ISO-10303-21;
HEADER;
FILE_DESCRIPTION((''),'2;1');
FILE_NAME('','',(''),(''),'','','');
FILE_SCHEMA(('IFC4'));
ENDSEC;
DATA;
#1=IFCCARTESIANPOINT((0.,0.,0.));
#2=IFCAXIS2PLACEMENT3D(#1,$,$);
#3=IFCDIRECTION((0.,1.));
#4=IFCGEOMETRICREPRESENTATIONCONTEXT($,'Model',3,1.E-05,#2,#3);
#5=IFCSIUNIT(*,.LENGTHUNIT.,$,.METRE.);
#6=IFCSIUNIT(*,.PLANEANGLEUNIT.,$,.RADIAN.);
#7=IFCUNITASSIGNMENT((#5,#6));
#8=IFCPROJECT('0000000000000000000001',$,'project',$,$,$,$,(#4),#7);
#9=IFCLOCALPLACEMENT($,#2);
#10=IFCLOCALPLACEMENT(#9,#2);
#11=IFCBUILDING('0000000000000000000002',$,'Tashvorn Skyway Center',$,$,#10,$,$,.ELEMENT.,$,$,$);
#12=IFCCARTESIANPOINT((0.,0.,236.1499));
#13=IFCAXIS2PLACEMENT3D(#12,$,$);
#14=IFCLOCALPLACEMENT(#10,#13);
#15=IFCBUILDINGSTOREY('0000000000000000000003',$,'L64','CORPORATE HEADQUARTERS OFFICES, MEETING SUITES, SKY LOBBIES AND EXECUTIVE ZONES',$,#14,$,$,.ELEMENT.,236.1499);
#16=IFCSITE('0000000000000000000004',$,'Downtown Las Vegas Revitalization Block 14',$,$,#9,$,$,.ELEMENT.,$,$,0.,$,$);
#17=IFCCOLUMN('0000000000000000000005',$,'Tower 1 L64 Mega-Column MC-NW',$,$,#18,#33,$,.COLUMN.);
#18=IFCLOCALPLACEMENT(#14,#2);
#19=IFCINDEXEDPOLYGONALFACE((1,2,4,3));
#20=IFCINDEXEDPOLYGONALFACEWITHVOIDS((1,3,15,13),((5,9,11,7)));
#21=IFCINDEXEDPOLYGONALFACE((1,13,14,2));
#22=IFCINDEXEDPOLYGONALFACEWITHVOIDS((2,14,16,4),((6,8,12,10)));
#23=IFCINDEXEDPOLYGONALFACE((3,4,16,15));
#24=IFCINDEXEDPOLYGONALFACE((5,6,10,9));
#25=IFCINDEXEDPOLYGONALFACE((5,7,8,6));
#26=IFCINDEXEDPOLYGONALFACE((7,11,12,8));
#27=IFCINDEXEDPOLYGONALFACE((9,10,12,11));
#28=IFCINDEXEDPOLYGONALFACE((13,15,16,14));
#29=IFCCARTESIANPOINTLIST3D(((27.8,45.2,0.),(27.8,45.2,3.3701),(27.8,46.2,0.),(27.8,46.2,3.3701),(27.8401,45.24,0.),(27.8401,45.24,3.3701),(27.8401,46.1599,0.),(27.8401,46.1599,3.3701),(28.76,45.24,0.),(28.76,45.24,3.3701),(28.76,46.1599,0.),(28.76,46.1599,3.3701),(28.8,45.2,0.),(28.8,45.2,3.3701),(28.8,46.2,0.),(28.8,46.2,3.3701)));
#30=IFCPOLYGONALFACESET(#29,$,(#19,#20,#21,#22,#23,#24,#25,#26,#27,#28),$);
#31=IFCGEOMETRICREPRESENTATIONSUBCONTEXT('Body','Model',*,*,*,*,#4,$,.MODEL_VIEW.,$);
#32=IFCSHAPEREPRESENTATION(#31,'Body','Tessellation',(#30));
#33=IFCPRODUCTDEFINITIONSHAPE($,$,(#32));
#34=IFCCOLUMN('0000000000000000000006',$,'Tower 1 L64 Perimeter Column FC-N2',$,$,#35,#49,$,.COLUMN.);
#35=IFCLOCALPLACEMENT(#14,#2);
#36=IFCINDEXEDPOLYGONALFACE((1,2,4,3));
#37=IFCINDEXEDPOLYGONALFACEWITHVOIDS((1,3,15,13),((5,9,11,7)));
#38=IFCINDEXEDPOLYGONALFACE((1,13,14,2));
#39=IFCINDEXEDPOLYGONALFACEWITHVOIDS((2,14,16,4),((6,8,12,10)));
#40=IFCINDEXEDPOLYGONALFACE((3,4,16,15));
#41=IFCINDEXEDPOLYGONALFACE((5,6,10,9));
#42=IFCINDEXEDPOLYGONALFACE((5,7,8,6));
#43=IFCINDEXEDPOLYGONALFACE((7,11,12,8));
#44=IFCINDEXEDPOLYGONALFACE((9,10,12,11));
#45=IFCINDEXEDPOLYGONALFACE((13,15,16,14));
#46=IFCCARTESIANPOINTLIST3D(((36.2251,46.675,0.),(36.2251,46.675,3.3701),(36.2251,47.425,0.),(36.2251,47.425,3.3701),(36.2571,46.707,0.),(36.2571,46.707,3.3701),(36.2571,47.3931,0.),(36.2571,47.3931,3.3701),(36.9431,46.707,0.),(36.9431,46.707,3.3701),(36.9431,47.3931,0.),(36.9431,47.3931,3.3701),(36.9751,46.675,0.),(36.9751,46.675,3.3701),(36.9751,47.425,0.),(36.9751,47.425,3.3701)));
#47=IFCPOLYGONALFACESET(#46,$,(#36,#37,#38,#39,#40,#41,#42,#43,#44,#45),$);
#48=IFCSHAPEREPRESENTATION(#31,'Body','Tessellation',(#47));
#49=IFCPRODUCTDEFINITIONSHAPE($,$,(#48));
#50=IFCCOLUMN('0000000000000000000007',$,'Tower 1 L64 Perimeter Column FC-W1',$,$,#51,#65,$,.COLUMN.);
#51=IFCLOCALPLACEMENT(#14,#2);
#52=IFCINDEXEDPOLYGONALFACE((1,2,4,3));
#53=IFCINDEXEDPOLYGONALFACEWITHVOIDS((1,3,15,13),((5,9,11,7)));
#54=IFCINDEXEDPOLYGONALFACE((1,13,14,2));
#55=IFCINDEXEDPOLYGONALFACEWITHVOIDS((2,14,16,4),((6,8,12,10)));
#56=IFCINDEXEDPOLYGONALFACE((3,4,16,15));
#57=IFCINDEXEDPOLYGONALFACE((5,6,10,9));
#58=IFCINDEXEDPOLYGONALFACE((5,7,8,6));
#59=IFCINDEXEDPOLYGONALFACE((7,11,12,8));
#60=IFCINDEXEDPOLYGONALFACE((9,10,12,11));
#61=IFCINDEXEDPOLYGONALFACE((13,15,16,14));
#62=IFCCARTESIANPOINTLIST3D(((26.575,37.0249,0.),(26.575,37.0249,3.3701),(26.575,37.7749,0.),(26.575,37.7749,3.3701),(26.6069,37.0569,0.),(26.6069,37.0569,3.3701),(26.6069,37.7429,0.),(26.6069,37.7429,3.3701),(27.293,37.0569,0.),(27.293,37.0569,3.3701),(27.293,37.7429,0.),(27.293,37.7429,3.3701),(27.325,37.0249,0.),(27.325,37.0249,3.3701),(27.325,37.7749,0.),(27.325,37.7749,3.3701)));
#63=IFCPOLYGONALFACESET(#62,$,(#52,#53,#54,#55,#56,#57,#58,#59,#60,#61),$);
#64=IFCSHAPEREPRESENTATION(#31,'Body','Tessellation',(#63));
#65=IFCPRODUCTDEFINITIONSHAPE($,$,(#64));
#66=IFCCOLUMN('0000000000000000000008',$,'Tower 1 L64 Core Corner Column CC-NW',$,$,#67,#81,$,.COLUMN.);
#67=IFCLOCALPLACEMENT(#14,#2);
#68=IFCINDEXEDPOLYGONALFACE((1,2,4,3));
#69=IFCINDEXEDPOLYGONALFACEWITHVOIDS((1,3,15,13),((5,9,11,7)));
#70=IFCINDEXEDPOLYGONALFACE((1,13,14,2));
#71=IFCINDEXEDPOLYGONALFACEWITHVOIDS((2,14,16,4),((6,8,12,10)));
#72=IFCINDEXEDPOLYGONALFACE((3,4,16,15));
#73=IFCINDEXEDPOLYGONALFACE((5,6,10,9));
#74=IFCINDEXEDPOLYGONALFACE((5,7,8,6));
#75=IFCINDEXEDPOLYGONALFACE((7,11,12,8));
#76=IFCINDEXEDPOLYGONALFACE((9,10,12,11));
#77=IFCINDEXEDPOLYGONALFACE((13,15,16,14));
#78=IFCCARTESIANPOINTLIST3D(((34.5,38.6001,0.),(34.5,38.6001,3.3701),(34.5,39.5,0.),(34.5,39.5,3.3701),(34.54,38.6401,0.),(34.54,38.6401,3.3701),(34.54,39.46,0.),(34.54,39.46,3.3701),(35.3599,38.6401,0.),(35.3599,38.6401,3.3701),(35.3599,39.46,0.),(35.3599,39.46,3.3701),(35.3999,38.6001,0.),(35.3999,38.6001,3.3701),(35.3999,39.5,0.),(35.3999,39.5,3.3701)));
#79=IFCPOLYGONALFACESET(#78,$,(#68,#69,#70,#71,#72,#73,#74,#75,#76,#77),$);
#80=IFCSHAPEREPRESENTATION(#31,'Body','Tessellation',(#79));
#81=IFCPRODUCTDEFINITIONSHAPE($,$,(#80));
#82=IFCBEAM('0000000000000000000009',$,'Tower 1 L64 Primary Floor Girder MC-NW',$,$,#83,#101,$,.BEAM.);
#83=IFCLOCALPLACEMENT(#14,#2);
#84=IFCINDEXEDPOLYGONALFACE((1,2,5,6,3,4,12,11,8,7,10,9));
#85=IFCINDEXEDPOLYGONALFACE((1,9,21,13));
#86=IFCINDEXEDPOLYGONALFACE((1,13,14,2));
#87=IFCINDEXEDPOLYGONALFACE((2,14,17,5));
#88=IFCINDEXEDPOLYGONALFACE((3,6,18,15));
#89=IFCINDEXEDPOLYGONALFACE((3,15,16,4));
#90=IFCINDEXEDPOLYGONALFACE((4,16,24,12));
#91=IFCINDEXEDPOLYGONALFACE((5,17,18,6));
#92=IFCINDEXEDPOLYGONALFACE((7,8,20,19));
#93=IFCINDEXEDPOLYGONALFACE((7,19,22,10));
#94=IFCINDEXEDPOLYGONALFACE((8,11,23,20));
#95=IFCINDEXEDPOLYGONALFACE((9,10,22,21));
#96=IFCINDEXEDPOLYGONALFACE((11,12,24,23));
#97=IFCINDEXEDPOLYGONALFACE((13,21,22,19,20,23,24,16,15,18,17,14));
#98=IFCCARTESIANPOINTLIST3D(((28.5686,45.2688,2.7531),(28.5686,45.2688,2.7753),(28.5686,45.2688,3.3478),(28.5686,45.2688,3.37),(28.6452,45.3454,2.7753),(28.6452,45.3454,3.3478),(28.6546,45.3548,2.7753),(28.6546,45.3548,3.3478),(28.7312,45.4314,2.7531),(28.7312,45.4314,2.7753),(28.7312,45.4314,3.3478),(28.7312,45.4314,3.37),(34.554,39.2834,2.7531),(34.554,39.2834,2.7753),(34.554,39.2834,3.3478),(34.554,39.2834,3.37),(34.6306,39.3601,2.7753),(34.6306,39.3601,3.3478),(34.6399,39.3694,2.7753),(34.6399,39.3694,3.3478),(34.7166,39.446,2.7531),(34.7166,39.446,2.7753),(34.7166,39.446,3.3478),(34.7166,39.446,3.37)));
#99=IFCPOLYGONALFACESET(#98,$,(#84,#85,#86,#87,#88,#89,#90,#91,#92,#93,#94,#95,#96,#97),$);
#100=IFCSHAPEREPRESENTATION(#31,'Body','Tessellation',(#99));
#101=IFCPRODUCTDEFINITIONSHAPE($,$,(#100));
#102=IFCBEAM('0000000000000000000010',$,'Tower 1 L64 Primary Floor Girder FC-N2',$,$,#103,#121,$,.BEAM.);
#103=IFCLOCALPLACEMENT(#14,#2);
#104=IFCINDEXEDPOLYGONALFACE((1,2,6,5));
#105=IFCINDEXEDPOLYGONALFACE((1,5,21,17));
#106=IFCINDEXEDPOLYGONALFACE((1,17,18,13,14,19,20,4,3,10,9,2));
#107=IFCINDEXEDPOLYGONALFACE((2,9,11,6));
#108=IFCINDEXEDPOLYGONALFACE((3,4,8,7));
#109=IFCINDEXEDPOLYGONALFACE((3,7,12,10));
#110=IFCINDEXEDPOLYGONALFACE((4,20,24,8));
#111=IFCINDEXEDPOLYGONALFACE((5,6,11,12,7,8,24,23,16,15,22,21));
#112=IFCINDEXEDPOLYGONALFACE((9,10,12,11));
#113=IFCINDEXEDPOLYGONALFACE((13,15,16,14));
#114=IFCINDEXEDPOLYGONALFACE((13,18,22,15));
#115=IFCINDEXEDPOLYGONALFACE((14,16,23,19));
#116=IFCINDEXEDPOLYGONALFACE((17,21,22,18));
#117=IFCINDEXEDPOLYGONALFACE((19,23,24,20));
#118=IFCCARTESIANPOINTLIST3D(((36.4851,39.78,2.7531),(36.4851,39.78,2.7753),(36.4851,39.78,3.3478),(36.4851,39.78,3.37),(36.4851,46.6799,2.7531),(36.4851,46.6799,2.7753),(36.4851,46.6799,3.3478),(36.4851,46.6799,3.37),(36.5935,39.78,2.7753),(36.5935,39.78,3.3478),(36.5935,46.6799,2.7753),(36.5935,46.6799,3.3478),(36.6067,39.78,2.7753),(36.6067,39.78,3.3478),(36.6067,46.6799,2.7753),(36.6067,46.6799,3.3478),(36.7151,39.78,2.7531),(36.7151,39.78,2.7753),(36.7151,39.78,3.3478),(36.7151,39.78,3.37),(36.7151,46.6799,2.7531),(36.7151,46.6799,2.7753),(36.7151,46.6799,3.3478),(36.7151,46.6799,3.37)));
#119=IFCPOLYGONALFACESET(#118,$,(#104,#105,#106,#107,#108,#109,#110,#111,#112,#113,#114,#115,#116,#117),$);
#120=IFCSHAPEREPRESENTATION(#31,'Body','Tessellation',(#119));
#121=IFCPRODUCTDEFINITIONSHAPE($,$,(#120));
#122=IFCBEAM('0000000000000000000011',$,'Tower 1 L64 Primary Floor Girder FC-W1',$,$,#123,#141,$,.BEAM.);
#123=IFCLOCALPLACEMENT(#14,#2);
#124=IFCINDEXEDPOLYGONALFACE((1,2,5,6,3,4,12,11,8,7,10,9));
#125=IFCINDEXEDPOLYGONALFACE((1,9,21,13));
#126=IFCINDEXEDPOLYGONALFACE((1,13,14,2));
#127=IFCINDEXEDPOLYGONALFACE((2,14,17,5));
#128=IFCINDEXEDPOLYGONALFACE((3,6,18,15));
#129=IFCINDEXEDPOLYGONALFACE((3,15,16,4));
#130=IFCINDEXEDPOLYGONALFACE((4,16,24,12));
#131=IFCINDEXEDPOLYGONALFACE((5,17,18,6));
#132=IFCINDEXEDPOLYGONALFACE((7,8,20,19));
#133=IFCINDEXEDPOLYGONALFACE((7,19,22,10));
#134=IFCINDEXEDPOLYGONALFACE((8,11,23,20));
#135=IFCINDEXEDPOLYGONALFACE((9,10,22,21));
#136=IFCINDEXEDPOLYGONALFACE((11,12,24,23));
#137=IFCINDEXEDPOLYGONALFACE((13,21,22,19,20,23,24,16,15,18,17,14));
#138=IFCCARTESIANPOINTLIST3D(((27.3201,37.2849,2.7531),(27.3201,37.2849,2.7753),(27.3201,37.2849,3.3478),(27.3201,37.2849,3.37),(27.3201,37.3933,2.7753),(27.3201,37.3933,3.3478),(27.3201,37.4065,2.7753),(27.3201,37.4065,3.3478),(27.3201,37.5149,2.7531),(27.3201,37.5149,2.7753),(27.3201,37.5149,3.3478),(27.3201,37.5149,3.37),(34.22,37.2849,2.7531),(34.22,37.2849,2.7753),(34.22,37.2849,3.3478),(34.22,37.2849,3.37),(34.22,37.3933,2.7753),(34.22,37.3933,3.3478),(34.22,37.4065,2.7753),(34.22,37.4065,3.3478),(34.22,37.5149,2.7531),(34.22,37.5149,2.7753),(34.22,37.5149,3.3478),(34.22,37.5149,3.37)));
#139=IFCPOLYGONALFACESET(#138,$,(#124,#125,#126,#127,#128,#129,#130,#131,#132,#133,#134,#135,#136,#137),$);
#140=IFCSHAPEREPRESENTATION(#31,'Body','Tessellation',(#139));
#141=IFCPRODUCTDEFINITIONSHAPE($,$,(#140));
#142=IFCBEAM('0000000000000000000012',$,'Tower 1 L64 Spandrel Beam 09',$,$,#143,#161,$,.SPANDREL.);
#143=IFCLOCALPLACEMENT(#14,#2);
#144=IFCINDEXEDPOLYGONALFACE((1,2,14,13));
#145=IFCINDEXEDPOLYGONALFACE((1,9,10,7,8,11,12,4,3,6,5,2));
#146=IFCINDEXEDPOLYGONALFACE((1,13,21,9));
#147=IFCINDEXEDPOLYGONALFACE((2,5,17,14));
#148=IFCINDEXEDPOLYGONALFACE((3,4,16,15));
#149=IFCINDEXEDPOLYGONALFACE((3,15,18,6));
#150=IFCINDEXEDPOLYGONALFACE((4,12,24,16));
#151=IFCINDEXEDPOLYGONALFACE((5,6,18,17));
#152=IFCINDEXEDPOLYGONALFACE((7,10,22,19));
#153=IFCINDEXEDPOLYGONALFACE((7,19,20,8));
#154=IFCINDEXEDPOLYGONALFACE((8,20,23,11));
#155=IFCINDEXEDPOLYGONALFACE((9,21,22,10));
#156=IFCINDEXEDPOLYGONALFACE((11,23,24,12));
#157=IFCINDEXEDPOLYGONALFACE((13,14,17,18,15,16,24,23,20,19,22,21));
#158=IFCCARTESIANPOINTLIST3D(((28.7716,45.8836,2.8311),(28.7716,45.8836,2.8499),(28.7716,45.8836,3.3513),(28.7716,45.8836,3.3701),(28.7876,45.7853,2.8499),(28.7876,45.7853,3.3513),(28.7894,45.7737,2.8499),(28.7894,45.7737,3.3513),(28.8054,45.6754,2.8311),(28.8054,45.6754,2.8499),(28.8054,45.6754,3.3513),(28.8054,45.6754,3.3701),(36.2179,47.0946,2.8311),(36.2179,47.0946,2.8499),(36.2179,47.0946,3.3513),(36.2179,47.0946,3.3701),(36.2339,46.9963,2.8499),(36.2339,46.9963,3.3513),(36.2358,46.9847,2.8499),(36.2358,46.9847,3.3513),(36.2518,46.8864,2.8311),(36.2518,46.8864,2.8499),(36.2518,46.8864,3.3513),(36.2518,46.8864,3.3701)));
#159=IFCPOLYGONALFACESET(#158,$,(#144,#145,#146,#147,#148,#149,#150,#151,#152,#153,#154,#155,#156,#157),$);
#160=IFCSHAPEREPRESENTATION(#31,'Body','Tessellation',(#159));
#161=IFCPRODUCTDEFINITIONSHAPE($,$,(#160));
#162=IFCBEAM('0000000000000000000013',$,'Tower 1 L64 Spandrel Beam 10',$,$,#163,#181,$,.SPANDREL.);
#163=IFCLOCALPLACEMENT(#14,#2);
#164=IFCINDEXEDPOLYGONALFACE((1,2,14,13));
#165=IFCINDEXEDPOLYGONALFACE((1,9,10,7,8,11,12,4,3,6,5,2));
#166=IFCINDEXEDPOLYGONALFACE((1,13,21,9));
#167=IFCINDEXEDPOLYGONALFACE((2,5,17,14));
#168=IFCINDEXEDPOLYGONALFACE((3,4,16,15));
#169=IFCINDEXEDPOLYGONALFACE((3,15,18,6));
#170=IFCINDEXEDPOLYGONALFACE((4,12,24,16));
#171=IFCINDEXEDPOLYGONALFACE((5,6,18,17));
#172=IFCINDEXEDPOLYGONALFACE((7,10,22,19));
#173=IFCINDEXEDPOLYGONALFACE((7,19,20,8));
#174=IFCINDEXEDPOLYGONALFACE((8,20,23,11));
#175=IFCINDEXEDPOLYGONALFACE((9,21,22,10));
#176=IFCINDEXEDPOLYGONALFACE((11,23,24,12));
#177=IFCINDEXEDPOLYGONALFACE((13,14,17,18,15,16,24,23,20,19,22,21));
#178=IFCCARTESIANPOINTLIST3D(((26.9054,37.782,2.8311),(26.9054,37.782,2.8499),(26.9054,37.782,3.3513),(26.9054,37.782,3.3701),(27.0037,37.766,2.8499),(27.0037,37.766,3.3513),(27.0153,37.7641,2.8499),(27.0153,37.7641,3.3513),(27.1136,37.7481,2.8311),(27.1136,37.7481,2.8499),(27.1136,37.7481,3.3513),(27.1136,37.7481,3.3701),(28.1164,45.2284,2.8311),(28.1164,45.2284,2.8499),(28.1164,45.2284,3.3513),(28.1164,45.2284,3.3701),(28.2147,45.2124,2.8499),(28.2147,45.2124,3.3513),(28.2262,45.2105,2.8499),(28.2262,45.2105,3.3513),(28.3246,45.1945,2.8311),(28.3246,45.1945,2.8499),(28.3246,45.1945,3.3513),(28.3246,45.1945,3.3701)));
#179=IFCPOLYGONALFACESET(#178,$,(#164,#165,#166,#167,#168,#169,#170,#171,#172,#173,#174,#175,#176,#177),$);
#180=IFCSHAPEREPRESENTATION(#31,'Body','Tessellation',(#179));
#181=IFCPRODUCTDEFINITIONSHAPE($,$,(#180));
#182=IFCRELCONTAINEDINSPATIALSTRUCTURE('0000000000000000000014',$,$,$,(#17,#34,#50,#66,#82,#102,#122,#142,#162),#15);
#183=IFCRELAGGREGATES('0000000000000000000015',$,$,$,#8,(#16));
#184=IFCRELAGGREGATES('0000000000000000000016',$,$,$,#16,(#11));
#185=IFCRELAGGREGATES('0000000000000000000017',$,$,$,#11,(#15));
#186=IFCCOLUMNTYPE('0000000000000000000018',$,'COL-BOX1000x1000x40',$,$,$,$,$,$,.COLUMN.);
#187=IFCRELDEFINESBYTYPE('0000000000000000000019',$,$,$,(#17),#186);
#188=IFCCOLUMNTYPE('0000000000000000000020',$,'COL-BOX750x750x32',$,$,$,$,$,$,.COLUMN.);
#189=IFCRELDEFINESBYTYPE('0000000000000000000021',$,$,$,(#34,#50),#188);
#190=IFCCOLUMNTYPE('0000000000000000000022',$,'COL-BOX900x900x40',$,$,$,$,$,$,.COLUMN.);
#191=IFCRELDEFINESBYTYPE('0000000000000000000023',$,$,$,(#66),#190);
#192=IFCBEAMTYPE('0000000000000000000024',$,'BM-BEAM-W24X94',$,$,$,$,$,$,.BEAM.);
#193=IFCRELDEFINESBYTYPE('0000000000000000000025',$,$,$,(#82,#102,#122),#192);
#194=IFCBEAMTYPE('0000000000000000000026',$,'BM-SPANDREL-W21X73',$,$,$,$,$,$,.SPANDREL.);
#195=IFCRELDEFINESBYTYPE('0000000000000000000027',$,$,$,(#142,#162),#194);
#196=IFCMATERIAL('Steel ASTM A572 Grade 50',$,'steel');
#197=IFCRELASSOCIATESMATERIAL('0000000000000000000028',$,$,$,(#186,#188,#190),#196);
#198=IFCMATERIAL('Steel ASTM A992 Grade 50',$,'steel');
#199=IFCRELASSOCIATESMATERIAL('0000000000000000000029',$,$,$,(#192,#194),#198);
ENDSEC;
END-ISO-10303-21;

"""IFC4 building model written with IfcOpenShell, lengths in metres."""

from ifc_helpers import new_model, si_unit, direction, frame, origin, origin_2d, place, context, subcontext, project, spatial, hollow_rectangle, i_section, extrude, material, material_profile, profile_set, type_object, element, save


model = new_model("IFC4")

# Units and contexts
model_context = context("Model", 3, precision=1e-05, world=origin(), true_north=direction((0.0, 1.0)))
body_context = subcontext(model_context, "Body", "Model", "MODEL_VIEW")
ifc_project = project(units=[si_unit("LENGTHUNIT", "METRE"), si_unit("PLANEANGLEUNIT", "RADIAN")], contexts=[model_context])

# Site, building, storey
site_placement = place(None, origin())
site = spatial("IfcSite", under=ifc_project, at=site_placement, Name="Downtown Las Vegas Revitalization Block 14", CompositionType="ELEMENT", RefElevation=0.0)
building_placement = place(site_placement, origin())
building = spatial("IfcBuilding", under=site, at=building_placement, Name="Tashvorn Skyway Center", CompositionType="ELEMENT")
storey_placement = place(building_placement, frame((0.0, 0.0, 236.1499)))
storey = spatial("IfcBuildingStorey", under=building, at=storey_placement, Name="L64", Description="CORPORATE HEADQUARTERS OFFICES, MEETING SUITES, SKY LOBBIES AND EXECUTIVE ZONES", CompositionType="ELEMENT", Elevation=236.1499)

# Columns
ifc_material_1 = material(Name="Steel ASTM A572 Grade 50", Category="steel")
ifc_material_profile_1 = material_profile(ifc_material_1, hollow_rectangle(XDim=1.0, YDim=1.0, WallThickness=0.04, at=origin_2d()), Name="BOX1000x1000x40")
ifc_profile_set_1 = profile_set([ifc_material_profile_1], Name="Steel ASTM A572 Grade 50")
column_type_1 = type_object("IfcColumnType", Name="COL-BOX1000x1000x40", PredefinedType="COLUMN", material=ifc_profile_set_1)
column_1_placement = place(storey_placement, frame((28.3, 45.7, 0.0), z_axis=(0.0, 0.0, 1.0), x_axis=(1.0, 0.0, 0.0)))
element("IfcColumn", 1, at=column_1_placement, inside=storey, type_object=column_type_1, Name="Tower 1 L64 Mega-Column MC-NW", PredefinedType="COLUMN", context=body_context, shape_type="SweptSolid", body=[
    extrude(hollow_rectangle(XDim=1.0, YDim=1.0, WallThickness=0.04, at=origin_2d()), origin(), (0.0, 0.0, 1.0), 3.3701),
])
ifc_material_profile_2 = material_profile(ifc_material_1, hollow_rectangle(XDim=0.75, YDim=0.75, WallThickness=0.032, at=origin_2d()), Name="BOX750x750x32")
ifc_profile_set_2 = profile_set([ifc_material_profile_2], Name="Steel ASTM A572 Grade 50")
column_type_2 = type_object("IfcColumnType", Name="COL-BOX750x750x32", PredefinedType="COLUMN", material=ifc_profile_set_2)
for number, where, z_axis, x_axis, name in (
    (2, (36.6001, 47.05, 0.0), (0.0, 0.0, 1.0), (1.0, 0.0, 0.0), "Tower 1 L64 Perimeter Column FC-N2"),
    (3, (26.95, 37.3999, 0.0), (0.0, 0.0, 1.0), (1.0, 0.0, 0.0), "Tower 1 L64 Perimeter Column FC-W1"),
):
    element("IfcColumn", number, at=place(storey_placement, frame(where, z_axis=z_axis, x_axis=x_axis)), inside=storey, type_object=column_type_2, Name=name, PredefinedType="COLUMN", context=body_context, shape_type="SweptSolid", body=[
        extrude(hollow_rectangle(XDim=0.75, YDim=0.75, WallThickness=0.032, at=origin_2d()), origin(), (0.0, 0.0, 1.0), 3.3701),
    ])
ifc_material_profile_3 = material_profile(ifc_material_1, hollow_rectangle(XDim=0.8999, YDim=0.8999, WallThickness=0.04, at=origin_2d()), Name="BOX900x900x40")
ifc_profile_set_3 = profile_set([ifc_material_profile_3], Name="Steel ASTM A572 Grade 50")
column_type_3 = type_object("IfcColumnType", Name="COL-BOX900x900x40", PredefinedType="COLUMN", material=ifc_profile_set_3)
column_2_placement = place(storey_placement, frame((34.95, 39.05, 0.0), z_axis=(0.0, 0.0, 1.0), x_axis=(1.0, 0.0, 0.0)))
element("IfcColumn", 4, at=column_2_placement, inside=storey, type_object=column_type_3, Name="Tower 1 L64 Core Corner Column CC-NW", PredefinedType="COLUMN", context=body_context, shape_type="SweptSolid", body=[
    extrude(hollow_rectangle(XDim=0.8999, YDim=0.8999, WallThickness=0.04, at=origin_2d()), origin(), (0.0, 0.0, 1.0), 3.3701),
])

# Beams
ifc_material_2 = material(Name="Steel ASTM A992 Grade 50", Category="steel")
ifc_material_profile_4 = material_profile(ifc_material_2, i_section(OverallWidth=0.23, OverallDepth=0.6169, WebThickness=0.0132, FlangeThickness=0.0222, at=origin_2d()), Name="W24X94")
ifc_profile_set_4 = profile_set([ifc_material_profile_4], Name="Steel ASTM A992 Grade 50")
beam_type_1 = type_object("IfcBeamType", Name="BM-BEAM-W24X94", PredefinedType="BEAM", material=ifc_profile_set_4)
beam_placement = place(storey_placement, frame((28.6499, 45.3501, 3.0615), z_axis=(0.707107, -0.707107, 0.0), x_axis=(0.707107, 0.707107, 0.0)))
element("IfcBeam", 5, at=beam_placement, inside=storey, type_object=beam_type_1, Name="Tower 1 L64 Primary Floor Girder MC-NW", PredefinedType="BEAM", context=body_context, shape_type="SweptSolid", body=[
    extrude(i_section(OverallWidth=0.23, OverallDepth=0.6169, WebThickness=0.0132, FlangeThickness=0.0222, at=origin_2d()), origin(), (0.0, 0.0, 1.0), 8.4646),
])
for number, where, z_axis, x_axis, name in (
    (6, (36.6001, 46.6799, 3.0615), (0.0, -1.0, 0.0), (1.0, 0.0, 0.0), "Tower 1 L64 Primary Floor Girder FC-N2"),
    (7, (27.3201, 37.3999, 3.0615), (1.0, 0.0, 0.0), (0.0, 1.0, 0.0), "Tower 1 L64 Primary Floor Girder FC-W1"),
):
    element("IfcBeam", number, at=place(storey_placement, frame(where, z_axis=z_axis, x_axis=x_axis)), inside=storey, type_object=beam_type_1, Name=name, PredefinedType="BEAM", context=body_context, shape_type="SweptSolid", body=[
        extrude(i_section(OverallWidth=0.23, OverallDepth=0.6169, WebThickness=0.0132, FlangeThickness=0.0222, at=origin_2d()), origin(), (0.0, 0.0, 1.0), 6.8999),
    ])
ifc_material_profile_5 = material_profile(ifc_material_2, i_section(OverallWidth=0.2109, OverallDepth=0.5391, WebThickness=0.0117, FlangeThickness=0.0188, at=origin_2d()), Name="W21X73")
ifc_profile_set_5 = profile_set([ifc_material_profile_5], Name="Steel ASTM A992 Grade 50")
beam_type_2 = type_object("IfcBeamType", Name="BM-SPANDREL-W21X73", PredefinedType="SPANDREL", material=ifc_profile_set_5)
for number, where, z_axis, x_axis, name in (
    (8, (36.2349, 46.9905, 3.1006), (-0.987034, -0.160514, 0.0), (0.160514, -0.987034, 0.0), "Tower 1 L64 Spandrel Beam 09"),
    (9, (28.2205, 45.2114, 3.1006), (-0.160514, -0.987034, 0.0), (0.987034, -0.160514, 0.0), "Tower 1 L64 Spandrel Beam 10"),
):
    element("IfcBeam", number, at=place(storey_placement, frame(where, z_axis=z_axis, x_axis=x_axis)), inside=storey, type_object=beam_type_2, Name=name, PredefinedType="SPANDREL", context=body_context, shape_type="SweptSolid", body=[
        extrude(i_section(OverallWidth=0.2109, OverallDepth=0.5391, WebThickness=0.0117, FlangeThickness=0.0188, at=origin_2d()), origin(), (0.0, 0.0, 1.0), 7.5442),
    ])

save(model, "model.ifc")
